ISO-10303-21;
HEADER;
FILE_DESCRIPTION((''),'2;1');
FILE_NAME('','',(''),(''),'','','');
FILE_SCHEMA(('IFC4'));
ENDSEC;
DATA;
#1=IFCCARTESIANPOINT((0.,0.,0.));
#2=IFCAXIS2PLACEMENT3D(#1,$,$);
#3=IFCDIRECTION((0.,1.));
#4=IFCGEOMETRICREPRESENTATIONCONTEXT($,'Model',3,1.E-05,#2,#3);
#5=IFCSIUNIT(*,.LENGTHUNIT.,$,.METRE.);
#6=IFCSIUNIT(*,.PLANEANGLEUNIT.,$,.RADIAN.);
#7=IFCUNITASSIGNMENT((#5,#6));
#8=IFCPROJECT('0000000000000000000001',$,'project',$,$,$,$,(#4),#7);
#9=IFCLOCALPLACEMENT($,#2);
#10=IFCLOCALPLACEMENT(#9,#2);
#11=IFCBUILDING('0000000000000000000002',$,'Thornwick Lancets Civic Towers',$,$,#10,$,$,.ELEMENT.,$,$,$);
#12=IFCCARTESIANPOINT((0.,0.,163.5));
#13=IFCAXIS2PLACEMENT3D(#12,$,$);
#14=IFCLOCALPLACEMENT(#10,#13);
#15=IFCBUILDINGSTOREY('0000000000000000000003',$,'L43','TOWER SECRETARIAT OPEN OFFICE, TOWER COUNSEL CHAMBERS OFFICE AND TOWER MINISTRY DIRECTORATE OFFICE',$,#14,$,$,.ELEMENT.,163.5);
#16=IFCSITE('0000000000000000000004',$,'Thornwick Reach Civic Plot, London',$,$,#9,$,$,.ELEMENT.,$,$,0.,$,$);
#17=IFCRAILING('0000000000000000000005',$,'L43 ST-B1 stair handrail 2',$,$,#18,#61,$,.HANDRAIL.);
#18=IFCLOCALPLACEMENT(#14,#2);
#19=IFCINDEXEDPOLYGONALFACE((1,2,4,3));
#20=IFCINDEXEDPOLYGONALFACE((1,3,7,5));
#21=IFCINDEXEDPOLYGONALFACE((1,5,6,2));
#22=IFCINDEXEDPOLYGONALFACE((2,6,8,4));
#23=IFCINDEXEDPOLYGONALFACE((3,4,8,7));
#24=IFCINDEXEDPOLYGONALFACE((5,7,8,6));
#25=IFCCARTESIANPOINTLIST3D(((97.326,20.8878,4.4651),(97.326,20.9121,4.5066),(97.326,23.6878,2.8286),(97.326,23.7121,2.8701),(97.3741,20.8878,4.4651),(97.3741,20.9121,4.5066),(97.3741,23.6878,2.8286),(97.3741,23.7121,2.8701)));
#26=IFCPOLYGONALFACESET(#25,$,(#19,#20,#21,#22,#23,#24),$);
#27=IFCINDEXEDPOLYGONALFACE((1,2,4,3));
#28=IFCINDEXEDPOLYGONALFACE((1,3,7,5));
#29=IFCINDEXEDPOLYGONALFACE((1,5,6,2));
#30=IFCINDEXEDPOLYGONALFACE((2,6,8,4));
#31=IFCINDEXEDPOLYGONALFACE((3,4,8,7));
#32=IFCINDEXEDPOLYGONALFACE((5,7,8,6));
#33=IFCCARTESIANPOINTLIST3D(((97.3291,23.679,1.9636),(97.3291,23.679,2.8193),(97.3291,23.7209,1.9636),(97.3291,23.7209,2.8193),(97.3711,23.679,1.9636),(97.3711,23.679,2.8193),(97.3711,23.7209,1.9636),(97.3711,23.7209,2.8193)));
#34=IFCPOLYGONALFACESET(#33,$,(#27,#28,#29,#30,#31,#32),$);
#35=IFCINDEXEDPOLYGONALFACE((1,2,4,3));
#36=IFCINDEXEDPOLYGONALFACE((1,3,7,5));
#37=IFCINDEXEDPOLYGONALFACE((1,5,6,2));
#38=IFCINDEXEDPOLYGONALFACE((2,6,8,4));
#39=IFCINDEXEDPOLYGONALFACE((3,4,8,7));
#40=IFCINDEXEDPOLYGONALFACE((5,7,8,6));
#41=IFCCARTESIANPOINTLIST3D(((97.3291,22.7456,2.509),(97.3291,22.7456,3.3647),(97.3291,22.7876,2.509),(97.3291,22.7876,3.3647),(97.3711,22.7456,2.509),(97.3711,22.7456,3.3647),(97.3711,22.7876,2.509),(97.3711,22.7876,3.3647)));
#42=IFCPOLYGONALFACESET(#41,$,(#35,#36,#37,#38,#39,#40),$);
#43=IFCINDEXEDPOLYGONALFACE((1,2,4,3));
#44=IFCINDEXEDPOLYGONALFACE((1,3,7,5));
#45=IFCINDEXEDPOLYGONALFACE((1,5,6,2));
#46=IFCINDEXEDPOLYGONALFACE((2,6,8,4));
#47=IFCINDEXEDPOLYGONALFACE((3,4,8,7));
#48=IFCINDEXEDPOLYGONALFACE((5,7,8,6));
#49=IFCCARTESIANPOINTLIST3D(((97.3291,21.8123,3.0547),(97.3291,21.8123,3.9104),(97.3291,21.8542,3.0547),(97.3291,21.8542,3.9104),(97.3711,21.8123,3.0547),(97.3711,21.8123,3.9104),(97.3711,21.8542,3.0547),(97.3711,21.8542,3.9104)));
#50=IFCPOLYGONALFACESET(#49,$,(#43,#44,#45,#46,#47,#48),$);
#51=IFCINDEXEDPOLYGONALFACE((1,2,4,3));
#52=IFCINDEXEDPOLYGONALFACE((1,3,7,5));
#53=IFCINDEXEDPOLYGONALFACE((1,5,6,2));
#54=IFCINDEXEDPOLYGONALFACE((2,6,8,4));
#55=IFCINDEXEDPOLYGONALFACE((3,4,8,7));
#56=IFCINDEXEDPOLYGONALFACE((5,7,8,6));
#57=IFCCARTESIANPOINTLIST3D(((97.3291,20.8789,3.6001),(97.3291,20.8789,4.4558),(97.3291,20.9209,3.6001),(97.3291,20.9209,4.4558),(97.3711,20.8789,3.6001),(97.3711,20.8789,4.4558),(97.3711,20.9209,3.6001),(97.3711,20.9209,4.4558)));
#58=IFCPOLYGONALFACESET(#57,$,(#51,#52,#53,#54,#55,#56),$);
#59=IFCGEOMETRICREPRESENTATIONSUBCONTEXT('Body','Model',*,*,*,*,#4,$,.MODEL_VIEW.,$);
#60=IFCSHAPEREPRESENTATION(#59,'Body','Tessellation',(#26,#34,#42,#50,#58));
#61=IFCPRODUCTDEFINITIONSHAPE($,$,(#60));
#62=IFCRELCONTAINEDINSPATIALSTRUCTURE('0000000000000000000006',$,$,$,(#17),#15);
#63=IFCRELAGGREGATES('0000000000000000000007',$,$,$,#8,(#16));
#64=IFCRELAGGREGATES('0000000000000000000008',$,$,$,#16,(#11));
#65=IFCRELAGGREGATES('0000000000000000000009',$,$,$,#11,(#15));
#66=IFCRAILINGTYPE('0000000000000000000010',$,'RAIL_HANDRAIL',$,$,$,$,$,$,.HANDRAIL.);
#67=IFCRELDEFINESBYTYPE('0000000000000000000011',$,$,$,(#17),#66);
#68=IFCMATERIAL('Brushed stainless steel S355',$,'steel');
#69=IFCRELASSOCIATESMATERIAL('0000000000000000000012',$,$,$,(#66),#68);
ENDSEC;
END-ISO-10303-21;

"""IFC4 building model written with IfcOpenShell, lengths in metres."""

from ifc_helpers import new_model, si_unit, direction, frame, origin, origin_2d, place, context, subcontext, project, spatial, rectangle, extrude, material, type_object, element, save


model = new_model("IFC4")

# Units and contexts
model_context = context("Model", 3, precision=1e-05, world=origin(), true_north=direction((0.0, 1.0)))
body_context = subcontext(model_context, "Body", "Model", "MODEL_VIEW")
ifc_project = project(units=[si_unit("LENGTHUNIT", "METRE"), si_unit("PLANEANGLEUNIT", "RADIAN")], contexts=[model_context])

# Site, building, storey
site_placement = place(None, origin())
site = spatial("IfcSite", under=ifc_project, at=site_placement, Name="Thornwick Reach Civic Plot, London", CompositionType="ELEMENT", RefElevation=0.0)
building_placement = place(site_placement, origin())
building = spatial("IfcBuilding", under=site, at=building_placement, Name="Thornwick Lancets Civic Towers", CompositionType="ELEMENT")
storey_placement = place(building_placement, frame((0.0, 0.0, 163.5)))
storey = spatial("IfcBuildingStorey", under=building, at=storey_placement, Name="L43", Description="TOWER SECRETARIAT OPEN OFFICE, TOWER COUNSEL CHAMBERS OFFICE AND TOWER MINISTRY DIRECTORATE OFFICE", CompositionType="ELEMENT", Elevation=163.5)

# Railing
ifc_material_1 = material(Name="Brushed stainless steel S355", Category="steel")
railing_type = type_object("IfcRailingType", Name="RAIL_HANDRAIL", PredefinedType="HANDRAIL", material=ifc_material_1)
railing_placement = place(storey_placement, frame((97.3501, 23.7, 1.9636)))
element("IfcRailing", 1, at=railing_placement, inside=storey, type_object=railing_type, Name="L43 ST-B1 stair handrail 2", PredefinedType="HANDRAIL", context=body_context, shape_type="SweptSolid", body=[
    extrude(rectangle(XDim=0.0481, YDim=0.0481, at=origin_2d()), frame((0.0, 0.0, 0.8857), z_axis=(0.0, -0.863361, 0.504587), x_axis=(1.0, 0.0, 0.0)), (0.0, 0.0, 1.0), 3.2432),
    extrude(rectangle(XDim=0.042, YDim=0.042, at=origin_2d()), origin(), (0.0, 0.0, 1.0), 0.8557),
    extrude(rectangle(XDim=0.042, YDim=0.042, at=origin_2d()), frame((0.0, -0.9333, 0.5454)), (0.0, 0.0, 1.0), 0.8557),
    extrude(rectangle(XDim=0.042, YDim=0.042, at=origin_2d()), frame((0.0, -1.8667, 1.0911)), (0.0, 0.0, 1.0), 0.8557),
    extrude(rectangle(XDim=0.042, YDim=0.042, at=origin_2d()), frame((0.0, -2.8, 1.6365)), (0.0, 0.0, 1.0), 0.8557),
])

save(model, "model.ifc")
